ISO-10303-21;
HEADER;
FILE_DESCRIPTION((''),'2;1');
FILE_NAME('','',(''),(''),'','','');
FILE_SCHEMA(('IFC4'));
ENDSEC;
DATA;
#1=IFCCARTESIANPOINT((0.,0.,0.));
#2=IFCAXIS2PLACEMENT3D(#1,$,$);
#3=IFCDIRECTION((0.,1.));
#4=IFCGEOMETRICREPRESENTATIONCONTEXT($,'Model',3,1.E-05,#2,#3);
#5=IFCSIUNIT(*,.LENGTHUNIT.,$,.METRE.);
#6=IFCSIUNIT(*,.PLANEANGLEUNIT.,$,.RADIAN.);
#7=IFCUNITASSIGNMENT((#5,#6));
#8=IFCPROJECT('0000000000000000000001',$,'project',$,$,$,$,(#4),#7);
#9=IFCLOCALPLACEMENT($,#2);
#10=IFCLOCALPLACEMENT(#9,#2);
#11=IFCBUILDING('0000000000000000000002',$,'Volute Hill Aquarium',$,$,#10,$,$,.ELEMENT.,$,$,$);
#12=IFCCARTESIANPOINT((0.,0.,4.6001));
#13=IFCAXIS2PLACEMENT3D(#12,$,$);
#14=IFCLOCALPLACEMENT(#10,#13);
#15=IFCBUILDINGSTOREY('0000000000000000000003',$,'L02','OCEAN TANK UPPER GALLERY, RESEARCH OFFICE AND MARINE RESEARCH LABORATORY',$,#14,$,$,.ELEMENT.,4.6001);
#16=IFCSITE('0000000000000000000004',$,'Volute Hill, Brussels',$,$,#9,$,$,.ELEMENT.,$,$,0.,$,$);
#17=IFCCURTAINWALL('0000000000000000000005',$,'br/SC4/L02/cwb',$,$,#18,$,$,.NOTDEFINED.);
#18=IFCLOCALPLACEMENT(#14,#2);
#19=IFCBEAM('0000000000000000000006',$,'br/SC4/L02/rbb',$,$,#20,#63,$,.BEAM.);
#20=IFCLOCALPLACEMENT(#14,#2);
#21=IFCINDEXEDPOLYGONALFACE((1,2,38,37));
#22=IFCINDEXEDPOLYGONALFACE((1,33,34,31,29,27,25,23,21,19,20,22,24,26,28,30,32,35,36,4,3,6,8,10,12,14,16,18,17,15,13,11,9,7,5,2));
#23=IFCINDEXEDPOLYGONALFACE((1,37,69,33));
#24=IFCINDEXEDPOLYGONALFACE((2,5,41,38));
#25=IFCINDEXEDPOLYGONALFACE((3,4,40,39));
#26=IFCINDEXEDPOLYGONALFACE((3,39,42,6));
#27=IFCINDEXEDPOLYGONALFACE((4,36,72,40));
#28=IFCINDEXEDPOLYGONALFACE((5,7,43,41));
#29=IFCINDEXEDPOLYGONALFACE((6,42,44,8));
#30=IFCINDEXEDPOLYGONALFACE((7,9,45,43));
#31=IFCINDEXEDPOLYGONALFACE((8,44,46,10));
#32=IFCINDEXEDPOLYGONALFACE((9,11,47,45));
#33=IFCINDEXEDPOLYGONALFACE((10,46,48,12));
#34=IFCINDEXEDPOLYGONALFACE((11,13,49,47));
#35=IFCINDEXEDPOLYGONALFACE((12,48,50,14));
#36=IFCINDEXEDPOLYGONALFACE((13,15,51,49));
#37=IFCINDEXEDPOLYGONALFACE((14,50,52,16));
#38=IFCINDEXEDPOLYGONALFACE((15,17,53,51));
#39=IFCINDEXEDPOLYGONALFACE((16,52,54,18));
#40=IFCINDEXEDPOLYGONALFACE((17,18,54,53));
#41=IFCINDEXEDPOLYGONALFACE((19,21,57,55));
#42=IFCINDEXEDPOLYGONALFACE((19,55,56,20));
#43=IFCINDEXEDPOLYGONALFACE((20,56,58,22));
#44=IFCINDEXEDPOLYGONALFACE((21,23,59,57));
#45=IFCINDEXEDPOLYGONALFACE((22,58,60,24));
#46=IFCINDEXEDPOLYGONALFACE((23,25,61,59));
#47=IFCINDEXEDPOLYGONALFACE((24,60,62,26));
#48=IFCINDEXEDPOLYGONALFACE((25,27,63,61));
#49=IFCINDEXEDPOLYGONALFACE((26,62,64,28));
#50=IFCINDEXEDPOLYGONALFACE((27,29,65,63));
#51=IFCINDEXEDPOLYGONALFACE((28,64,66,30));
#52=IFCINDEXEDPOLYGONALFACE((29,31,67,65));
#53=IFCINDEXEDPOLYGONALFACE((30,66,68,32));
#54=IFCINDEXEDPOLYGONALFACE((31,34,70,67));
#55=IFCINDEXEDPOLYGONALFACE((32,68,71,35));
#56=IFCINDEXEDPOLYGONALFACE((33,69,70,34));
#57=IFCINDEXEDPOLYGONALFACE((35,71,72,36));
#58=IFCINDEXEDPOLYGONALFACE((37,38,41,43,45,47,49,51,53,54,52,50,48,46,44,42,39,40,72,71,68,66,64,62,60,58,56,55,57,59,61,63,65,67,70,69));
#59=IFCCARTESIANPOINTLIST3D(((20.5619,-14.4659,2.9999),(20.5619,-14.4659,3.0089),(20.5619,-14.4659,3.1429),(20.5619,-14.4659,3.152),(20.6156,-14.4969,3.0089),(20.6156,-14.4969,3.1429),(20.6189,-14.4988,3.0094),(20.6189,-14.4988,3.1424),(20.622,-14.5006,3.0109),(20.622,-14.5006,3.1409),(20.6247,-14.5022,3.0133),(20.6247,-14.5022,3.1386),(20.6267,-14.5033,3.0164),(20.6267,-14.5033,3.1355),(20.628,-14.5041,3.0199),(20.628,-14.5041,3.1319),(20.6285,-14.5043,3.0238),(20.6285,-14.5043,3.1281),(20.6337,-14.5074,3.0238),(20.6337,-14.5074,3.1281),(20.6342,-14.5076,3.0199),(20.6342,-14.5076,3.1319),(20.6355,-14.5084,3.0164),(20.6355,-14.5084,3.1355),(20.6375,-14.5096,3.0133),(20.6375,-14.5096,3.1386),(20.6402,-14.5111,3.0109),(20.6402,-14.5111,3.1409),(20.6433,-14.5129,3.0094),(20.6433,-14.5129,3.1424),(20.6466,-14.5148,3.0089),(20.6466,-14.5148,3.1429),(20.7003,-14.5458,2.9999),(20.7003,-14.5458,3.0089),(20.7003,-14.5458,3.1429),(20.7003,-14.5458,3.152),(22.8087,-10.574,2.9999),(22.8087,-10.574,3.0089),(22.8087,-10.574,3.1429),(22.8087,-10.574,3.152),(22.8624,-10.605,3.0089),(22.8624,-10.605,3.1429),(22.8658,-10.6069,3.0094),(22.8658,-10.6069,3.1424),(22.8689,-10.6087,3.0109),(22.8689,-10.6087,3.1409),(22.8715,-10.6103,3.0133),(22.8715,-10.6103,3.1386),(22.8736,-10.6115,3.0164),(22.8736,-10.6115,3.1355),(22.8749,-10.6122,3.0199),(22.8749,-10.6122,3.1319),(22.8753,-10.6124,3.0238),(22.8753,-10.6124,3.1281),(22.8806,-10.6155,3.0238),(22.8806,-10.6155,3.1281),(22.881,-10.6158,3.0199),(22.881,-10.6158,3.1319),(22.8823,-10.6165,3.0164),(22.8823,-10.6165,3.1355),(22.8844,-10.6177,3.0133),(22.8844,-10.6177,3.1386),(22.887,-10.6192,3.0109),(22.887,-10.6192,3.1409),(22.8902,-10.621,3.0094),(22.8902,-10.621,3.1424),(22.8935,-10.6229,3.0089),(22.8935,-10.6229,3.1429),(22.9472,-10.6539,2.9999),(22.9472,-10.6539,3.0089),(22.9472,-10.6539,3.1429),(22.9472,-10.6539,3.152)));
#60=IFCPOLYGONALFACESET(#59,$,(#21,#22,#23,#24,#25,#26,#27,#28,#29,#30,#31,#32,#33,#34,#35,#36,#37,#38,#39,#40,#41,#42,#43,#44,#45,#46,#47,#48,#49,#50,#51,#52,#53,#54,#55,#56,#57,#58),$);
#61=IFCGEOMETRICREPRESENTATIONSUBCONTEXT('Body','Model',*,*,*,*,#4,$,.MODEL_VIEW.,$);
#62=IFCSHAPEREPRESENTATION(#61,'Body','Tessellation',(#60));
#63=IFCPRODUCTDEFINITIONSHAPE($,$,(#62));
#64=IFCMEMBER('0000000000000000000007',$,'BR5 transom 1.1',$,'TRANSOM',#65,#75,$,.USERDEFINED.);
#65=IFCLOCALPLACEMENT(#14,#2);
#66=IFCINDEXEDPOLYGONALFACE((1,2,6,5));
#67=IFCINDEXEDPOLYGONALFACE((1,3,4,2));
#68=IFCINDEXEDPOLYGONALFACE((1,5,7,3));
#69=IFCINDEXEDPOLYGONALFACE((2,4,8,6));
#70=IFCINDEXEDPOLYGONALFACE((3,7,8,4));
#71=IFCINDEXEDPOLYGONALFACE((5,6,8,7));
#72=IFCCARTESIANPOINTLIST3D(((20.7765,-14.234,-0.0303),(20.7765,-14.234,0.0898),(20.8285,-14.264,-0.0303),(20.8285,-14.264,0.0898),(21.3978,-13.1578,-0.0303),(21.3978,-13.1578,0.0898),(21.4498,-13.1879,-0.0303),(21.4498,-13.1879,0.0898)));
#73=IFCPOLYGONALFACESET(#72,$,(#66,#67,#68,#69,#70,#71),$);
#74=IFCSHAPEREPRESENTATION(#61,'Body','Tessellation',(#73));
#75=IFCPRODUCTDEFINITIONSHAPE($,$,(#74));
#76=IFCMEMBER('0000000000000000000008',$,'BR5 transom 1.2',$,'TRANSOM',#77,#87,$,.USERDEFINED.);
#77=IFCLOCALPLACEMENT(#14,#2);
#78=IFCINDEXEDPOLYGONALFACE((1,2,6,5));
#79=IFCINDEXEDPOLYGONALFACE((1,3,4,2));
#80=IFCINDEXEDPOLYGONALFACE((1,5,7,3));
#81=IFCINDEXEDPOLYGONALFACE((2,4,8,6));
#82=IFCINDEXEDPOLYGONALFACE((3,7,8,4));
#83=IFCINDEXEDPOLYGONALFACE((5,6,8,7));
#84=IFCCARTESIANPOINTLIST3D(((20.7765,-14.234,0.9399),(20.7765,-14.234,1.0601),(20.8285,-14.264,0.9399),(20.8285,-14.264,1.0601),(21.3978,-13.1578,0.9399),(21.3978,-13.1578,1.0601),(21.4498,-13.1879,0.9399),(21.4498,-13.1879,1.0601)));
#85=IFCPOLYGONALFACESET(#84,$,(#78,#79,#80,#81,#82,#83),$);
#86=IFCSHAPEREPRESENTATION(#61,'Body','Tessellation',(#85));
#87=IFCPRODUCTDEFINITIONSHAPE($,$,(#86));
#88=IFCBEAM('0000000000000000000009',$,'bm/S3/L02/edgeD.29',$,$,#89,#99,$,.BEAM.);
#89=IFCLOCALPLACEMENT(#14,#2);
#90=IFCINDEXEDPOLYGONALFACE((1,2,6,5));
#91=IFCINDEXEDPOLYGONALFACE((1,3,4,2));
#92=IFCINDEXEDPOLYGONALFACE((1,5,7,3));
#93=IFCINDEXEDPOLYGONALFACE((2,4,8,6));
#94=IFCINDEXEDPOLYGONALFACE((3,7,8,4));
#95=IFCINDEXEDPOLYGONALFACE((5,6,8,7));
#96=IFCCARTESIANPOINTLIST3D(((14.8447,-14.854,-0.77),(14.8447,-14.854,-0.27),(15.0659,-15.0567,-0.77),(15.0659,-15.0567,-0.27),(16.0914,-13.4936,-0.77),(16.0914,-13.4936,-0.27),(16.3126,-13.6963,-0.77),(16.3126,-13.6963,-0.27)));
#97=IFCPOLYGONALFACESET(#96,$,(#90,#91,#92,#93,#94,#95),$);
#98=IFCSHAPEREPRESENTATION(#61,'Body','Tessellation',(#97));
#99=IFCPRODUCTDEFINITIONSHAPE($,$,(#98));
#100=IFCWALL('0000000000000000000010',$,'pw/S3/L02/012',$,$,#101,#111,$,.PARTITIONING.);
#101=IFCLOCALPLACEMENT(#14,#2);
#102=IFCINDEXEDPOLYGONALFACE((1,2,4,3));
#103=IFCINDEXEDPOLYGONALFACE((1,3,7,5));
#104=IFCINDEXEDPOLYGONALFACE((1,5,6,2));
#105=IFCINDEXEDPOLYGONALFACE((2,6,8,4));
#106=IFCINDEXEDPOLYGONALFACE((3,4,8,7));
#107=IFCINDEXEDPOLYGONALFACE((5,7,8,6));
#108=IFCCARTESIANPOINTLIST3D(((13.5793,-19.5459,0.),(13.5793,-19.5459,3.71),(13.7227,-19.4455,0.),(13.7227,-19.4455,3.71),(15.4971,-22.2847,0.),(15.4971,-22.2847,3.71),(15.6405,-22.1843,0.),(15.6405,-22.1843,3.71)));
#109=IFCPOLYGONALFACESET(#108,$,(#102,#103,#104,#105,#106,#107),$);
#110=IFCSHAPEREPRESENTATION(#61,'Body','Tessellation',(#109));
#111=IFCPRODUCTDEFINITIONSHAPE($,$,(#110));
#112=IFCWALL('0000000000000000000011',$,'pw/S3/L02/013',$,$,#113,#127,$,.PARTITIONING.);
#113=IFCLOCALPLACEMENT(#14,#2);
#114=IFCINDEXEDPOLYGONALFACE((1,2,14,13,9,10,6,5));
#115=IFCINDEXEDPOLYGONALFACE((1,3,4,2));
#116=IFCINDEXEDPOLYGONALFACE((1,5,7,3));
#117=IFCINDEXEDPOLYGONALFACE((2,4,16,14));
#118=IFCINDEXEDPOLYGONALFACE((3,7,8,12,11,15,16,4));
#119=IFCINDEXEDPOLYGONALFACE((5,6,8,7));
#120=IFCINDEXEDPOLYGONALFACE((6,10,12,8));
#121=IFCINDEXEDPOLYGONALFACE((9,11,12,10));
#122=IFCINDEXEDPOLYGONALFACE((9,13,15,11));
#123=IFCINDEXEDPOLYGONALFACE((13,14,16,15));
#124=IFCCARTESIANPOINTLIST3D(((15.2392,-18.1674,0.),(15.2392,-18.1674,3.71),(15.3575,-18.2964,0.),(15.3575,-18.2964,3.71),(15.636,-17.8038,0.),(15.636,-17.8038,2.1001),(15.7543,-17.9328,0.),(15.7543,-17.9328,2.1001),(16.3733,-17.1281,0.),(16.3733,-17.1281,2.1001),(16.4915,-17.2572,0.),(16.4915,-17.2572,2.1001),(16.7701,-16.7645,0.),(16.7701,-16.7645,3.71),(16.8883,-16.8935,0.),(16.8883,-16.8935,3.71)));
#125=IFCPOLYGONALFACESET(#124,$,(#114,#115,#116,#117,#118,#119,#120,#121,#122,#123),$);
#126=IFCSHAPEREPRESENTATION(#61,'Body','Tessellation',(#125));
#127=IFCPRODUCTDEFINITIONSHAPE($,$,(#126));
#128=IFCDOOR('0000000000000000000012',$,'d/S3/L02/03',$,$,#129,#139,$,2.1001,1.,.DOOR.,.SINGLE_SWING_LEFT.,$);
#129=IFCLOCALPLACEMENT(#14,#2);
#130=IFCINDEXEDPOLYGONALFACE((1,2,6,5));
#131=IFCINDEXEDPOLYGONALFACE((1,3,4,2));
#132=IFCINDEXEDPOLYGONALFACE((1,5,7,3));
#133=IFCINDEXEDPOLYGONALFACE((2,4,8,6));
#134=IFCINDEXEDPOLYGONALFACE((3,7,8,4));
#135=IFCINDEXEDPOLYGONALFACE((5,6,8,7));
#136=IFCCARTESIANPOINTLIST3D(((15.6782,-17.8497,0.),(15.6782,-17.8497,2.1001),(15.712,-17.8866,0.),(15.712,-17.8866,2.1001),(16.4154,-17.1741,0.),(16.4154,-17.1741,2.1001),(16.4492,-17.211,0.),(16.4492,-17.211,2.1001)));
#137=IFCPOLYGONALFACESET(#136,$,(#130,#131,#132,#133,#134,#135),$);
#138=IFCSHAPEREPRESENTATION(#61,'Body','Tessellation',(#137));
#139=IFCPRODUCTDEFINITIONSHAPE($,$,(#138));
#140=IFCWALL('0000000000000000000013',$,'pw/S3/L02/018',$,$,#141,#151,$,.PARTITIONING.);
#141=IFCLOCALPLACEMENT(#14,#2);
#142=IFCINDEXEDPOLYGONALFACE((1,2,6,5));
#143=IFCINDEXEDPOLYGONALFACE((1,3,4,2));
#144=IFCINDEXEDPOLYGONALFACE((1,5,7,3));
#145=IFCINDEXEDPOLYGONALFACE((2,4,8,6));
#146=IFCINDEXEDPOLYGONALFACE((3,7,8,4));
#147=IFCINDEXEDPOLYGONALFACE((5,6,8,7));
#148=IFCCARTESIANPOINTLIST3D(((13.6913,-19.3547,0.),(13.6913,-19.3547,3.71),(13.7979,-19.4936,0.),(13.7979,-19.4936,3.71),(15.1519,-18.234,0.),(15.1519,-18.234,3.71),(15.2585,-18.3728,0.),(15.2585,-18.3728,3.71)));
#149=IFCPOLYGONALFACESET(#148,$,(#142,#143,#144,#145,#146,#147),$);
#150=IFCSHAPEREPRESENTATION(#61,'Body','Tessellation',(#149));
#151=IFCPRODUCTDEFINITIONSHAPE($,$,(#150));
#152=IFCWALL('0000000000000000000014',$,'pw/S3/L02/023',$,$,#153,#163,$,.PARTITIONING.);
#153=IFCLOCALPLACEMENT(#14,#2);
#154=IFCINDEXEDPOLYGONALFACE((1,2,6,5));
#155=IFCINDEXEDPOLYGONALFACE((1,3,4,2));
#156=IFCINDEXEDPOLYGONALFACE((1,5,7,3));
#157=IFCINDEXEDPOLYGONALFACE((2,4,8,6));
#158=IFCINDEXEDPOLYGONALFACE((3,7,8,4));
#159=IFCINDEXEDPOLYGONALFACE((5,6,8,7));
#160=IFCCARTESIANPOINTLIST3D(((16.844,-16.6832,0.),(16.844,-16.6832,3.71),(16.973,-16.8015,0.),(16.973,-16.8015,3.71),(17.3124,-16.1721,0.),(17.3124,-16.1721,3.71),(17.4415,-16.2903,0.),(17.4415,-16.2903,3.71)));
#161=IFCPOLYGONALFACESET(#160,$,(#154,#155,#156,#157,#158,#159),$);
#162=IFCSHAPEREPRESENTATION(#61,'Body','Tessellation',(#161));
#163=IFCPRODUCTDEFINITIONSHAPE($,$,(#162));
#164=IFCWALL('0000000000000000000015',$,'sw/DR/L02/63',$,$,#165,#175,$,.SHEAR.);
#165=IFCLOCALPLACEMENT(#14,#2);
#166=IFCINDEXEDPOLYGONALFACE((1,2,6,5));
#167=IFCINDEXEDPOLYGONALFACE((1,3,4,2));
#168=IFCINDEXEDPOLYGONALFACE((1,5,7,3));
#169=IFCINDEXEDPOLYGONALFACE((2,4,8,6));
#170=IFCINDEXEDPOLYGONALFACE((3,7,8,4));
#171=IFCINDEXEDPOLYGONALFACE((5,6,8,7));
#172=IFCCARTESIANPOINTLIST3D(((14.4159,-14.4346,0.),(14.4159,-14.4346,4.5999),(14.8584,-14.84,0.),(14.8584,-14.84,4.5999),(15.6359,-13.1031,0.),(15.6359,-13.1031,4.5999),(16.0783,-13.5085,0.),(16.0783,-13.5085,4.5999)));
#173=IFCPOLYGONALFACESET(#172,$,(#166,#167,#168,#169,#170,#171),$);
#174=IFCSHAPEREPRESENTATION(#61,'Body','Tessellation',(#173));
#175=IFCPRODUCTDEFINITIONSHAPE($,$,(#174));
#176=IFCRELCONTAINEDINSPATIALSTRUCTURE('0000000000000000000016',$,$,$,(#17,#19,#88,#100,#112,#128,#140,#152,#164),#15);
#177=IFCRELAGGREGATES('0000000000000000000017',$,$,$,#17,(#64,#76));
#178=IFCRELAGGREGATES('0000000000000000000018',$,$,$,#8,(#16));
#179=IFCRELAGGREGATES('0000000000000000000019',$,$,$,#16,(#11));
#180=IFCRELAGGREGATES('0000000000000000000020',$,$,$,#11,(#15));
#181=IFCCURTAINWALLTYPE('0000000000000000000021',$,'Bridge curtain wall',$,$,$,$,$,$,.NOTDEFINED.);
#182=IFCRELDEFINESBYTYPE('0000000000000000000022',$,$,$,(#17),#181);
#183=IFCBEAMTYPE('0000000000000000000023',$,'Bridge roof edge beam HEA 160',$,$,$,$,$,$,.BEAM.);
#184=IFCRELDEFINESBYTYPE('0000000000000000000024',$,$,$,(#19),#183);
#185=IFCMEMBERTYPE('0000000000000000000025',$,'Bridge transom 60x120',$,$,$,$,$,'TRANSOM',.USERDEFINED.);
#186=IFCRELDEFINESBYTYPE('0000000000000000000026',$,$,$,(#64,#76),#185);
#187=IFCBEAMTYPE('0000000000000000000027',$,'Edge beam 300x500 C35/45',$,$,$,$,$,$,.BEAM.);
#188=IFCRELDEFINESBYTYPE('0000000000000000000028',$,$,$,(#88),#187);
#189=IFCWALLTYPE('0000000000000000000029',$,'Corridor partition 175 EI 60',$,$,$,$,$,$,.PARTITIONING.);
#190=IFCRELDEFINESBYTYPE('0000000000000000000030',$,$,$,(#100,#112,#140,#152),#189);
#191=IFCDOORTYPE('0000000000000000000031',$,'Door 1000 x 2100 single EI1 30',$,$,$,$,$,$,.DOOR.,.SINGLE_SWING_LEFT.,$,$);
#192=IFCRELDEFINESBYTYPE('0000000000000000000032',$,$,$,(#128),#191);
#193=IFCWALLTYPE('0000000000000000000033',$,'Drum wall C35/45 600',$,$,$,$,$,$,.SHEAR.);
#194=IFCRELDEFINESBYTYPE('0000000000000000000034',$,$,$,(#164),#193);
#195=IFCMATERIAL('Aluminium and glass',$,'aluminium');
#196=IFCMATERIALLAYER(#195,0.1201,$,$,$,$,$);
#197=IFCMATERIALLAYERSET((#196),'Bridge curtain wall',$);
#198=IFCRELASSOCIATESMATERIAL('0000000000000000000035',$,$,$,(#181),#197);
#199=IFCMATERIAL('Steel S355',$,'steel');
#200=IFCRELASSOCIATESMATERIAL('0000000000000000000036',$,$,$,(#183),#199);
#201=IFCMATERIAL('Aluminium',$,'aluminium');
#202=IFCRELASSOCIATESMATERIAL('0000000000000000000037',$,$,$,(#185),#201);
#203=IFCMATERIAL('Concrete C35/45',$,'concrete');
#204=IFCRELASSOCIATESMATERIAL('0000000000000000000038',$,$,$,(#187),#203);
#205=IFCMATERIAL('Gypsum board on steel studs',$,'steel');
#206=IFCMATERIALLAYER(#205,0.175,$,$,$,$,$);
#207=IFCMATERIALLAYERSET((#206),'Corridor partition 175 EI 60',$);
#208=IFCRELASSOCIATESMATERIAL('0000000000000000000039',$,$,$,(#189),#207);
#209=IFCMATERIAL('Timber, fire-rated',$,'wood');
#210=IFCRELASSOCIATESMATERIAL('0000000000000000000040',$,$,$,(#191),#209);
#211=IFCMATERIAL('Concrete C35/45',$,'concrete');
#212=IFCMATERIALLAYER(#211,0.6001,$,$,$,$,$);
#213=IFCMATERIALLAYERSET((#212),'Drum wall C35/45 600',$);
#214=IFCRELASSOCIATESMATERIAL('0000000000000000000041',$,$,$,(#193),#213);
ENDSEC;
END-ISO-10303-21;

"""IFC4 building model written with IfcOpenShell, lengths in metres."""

from ifc_helpers import new_model, si_unit, direction, frame, frame_2d, origin, origin_2d, place, context, subcontext, project, spatial, rectangle, i_section, extrude, material, layer, layer_set, material_profile, profile_set, type_object, element, fill, aggregate, save


model = new_model("IFC4")

# Units and contexts
model_context = context("Model", 3, precision=1e-05, world=origin(), true_north=direction((0.0, 1.0)))
body_context = subcontext(model_context, "Body", "Model", "MODEL_VIEW")
ifc_project = project(units=[si_unit("LENGTHUNIT", "METRE"), si_unit("PLANEANGLEUNIT", "RADIAN")], contexts=[model_context])

# Site, building, storey
site_placement = place(None, origin())
site = spatial("IfcSite", under=ifc_project, at=site_placement, Name="Volute Hill, Brussels", CompositionType="ELEMENT", RefElevation=0.0)
building_placement = place(site_placement, origin())
building = spatial("IfcBuilding", under=site, at=building_placement, Name="Volute Hill Aquarium", CompositionType="ELEMENT")
storey_placement = place(building_placement, frame((0.0, 0.0, 4.6001)))
storey = spatial("IfcBuildingStorey", under=building, at=storey_placement, Name="L02", Description="OCEAN TANK UPPER GALLERY, RESEARCH OFFICE AND MARINE RESEARCH LABORATORY", CompositionType="ELEMENT", Elevation=4.6001)

# Curtain wall
ifc_material_1 = material(Name="Aluminium and glass", Category="aluminium")
ifc_layer_1 = layer(ifc_material_1, 0.1201)
ifc_layer_set_1 = layer_set([ifc_layer_1], Name="Bridge curtain wall")
curtain_wall_type = type_object("IfcCurtainWallType", Name="Bridge curtain wall", PredefinedType="NOTDEFINED", material=ifc_layer_set_1)
curtain_wall_placement = place(storey_placement, origin())
curtain_wall = element("IfcCurtainWall", 1, at=curtain_wall_placement, inside=storey, type_object=curtain_wall_type, Name="br/SC4/L02/cwb", PredefinedType="NOTDEFINED")

# Beam
ifc_material_2 = material(Name="Steel S355", Category="steel")
ifc_material_profile_1 = material_profile(ifc_material_2, i_section(OverallWidth=0.1599, OverallDepth=0.1521, WebThickness=0.0061, FlangeThickness=0.009, FilletRadius=0.0149, at=origin_2d()), Name="HEA 160")
ifc_profile_set_1 = profile_set([ifc_material_profile_1], Name="Steel S355")
beam_type_1 = type_object("IfcBeamType", Name="Bridge roof edge beam HEA 160", PredefinedType="BEAM", material=ifc_profile_set_1)
beam_1_placement = place(storey_placement, frame((20.6311, -14.5059, 3.0759), z_axis=(0.499978, 0.866038, 0.0), x_axis=(-0.866038, 0.499978, 0.0)))
element("IfcBeam", 2, at=beam_1_placement, inside=storey, type_object=beam_type_1, Name="br/SC4/L02/rbb", PredefinedType="BEAM", context=body_context, shape_type="SweptSolid", body=[
    extrude(i_section(OverallWidth=0.1599, OverallDepth=0.1521, WebThickness=0.0061, FlangeThickness=0.009, FilletRadius=0.0149, at=origin_2d()), origin(), (0.0, 0.0, 1.0), 4.4939),
])

# Members
ifc_material_3 = material(Name="Aluminium", Category="aluminium")
ifc_material_profile_2 = material_profile(ifc_material_3, rectangle(XDim=0.0601, YDim=0.1201, at=origin_2d()), Name="Aluminium transom 60x120")
ifc_profile_set_2 = profile_set([ifc_material_profile_2], Name="Aluminium")
member_type_1 = type_object("IfcMemberType", Name="Bridge transom 60x120", ElementType="TRANSOM", PredefinedType="USERDEFINED", material=ifc_profile_set_2)
member_1_placement = place(storey_placement, frame((20.8025, -14.249, 0.0298), z_axis=(0.500006, 0.866022, 0.0), x_axis=(-0.866022, 0.500006, 0.0)))
member_1 = element("IfcMember", 3, at=member_1_placement, type_object=member_type_1, Name="BR5 transom 1.1", ObjectType="TRANSOM", PredefinedType="USERDEFINED", context=body_context, shape_type="SweptSolid", body=[
    extrude(rectangle(XDim=0.0601, YDim=0.1201, at=origin_2d()), origin(), (0.0, 0.0, 1.0), 1.2427),
])
member_2_placement = place(storey_placement, frame((20.8025, -14.249, 1.0), z_axis=(0.500006, 0.866022, 0.0), x_axis=(-0.866022, 0.500006, 0.0)))
member_2 = element("IfcMember", 4, at=member_2_placement, type_object=member_type_1, Name="BR5 transom 1.2", ObjectType="TRANSOM", PredefinedType="USERDEFINED", context=body_context, shape_type="SweptSolid", body=[
    extrude(rectangle(XDim=0.0601, YDim=0.1201, at=origin_2d()), origin(), (0.0, 0.0, 1.0), 1.2427),
])
aggregate(curtain_wall, [member_1, member_2])

# Beam
ifc_material_4 = material(Name="Concrete C35/45", Category="concrete")
ifc_material_profile_3 = material_profile(ifc_material_4, rectangle(XDim=0.3, YDim=0.5, at=origin_2d()), Name="RC edge beam 300x500")
ifc_profile_set_3 = profile_set([ifc_material_profile_3], Name="Concrete C35/45")
beam_type_2 = type_object("IfcBeamType", Name="Edge beam 300x500 C35/45", PredefinedType="BEAM", material=ifc_profile_set_3)
beam_2_placement = place(storey_placement, frame((14.9553, -14.9553, -0.52), z_axis=(0.675605, 0.737264, 0.0), x_axis=(-0.737264, 0.675605, 0.0)))
element("IfcBeam", 5, at=beam_2_placement, inside=storey, type_object=beam_type_2, Name="bm/S3/L02/edgeD.29", PredefinedType="BEAM", context=body_context, shape_type="SweptSolid", body=[
    extrude(rectangle(XDim=0.3, YDim=0.5, at=origin_2d()), origin(), (0.0, 0.0, 1.0), 1.8452),
])

# Wall
ifc_material_5 = material(Name="Gypsum board on steel studs", Category="steel")
ifc_layer_2 = layer(ifc_material_5, 0.175)
ifc_layer_set_2 = layer_set([ifc_layer_2], Name="Corridor partition 175 EI 60")
wall_type_1 = type_object("IfcWallType", Name="Corridor partition 175 EI 60", PredefinedType="PARTITIONING", material=ifc_layer_set_2)
wall_1_placement = place(storey_placement, frame((15.5688, -22.2346, 0.0), z_axis=(0.0, 0.0, 1.0), x_axis=(-0.57358, 0.81915, 0.0)))
element("IfcWall", 6, at=wall_1_placement, inside=storey, type_object=wall_type_1, Name="pw/S3/L02/012", PredefinedType="PARTITIONING", context=body_context, shape_type="SweptSolid", body=[
    extrude(rectangle(XDim=3.3435, YDim=0.175, at=frame_2d((1.6719, 0.0))), origin(), (0.0, 0.0, 1.0), 3.71),
])

# Wall, opening, door
wall_2_placement = place(storey_placement, frame((16.8291, -16.8291, 0.0), z_axis=(0.0, 0.0, 1.0), x_axis=(-0.737242, -0.675629, 0.0)))
wall_2 = element("IfcWall", 7, at=wall_2_placement, inside=storey, type_object=wall_type_1, Name="pw/S3/L02/013", PredefinedType="PARTITIONING", context=body_context, shape_type="SweptSolid", body=[
    extrude(rectangle(XDim=2.0764, YDim=0.175, at=frame_2d((1.0381, 0.0))), origin(), (0.0, 0.0, 1.0), 3.71),
])
opening_placement = place(wall_2_placement, frame((0.5381, 0.0, 0.0)))
opening = element("IfcOpeningElement", 8, at=opening_placement, cuts=wall_2, PredefinedType="OPENING", context=body_context, shape_type="SweptSolid", body=[
    extrude(rectangle(XDim=1.0, YDim=2.1001, at=frame_2d((0.5, 1.05))), frame((0.0, 0.0974, 0.0), z_axis=(0.0, -1.0, 0.0), x_axis=(1.0, 0.0, 0.0)), (0.0, 0.0, 1.0), 0.1951),
])
ifc_material_6 = material(Name="Timber, fire-rated", Category="wood")
door_type = type_object("IfcDoorType", Name="Door 1000 x 2100 single EI1 30", OperationType="SINGLE_SWING_LEFT", PredefinedType="DOOR", material=ifc_material_6)
door_placement = place(opening_placement, origin())
door = element("IfcDoor", 9, at=door_placement, inside=storey, type_object=door_type, Name="d/S3/L02/03", OperationType="SINGLE_SWING_LEFT", OverallHeight=2.1001, OverallWidth=1.0, PredefinedType="DOOR", context=body_context, shape_type="SweptSolid", body=[
    extrude(rectangle(XDim=1.0, YDim=2.1001, at=frame_2d((0.5, 1.05))), frame((0.0, 0.0249, 0.0), z_axis=(0.0, -1.0, 0.0), x_axis=(1.0, 0.0, 0.0)), (0.0, 0.0, 1.0), 0.05),
])
fill(opening, door)

# Walls
wall_3_placement = place(storey_placement, frame((15.2051, -18.3035, 0.0), z_axis=(0.0, 0.0, 1.0), x_axis=(-0.793348, -0.608768, 0.0)))
element("IfcWall", 10, at=wall_3_placement, inside=storey, type_object=wall_type_1, Name="pw/S3/L02/018", PredefinedType="PARTITIONING", context=body_context, shape_type="SweptSolid", body=[
    extrude(rectangle(XDim=1.8411, YDim=0.175, at=frame_2d((0.9204, 0.0))), origin(), (0.0, 0.0, 1.0), 3.71),
])
wall_4_placement = place(storey_placement, frame((17.377, -16.2312, 0.0), z_axis=(0.0, 0.0, 1.0), x_axis=(-0.675629, -0.737242, 0.0)))
element("IfcWall", 11, at=wall_4_placement, inside=storey, type_object=wall_type_1, Name="pw/S3/L02/023", PredefinedType="PARTITIONING", context=body_context, shape_type="SweptSolid", body=[
    extrude(rectangle(XDim=0.6934, YDim=0.175, at=frame_2d((0.3467, 0.0))), origin(), (0.0, 0.0, 1.0), 3.71),
])
ifc_material_7 = material(Name="Concrete C35/45", Category="concrete")
ifc_layer_3 = layer(ifc_material_7, 0.6001)
ifc_layer_set_3 = layer_set([ifc_layer_3], Name="Drum wall C35/45 600")
wall_type_2 = type_object("IfcWallType", Name="Drum wall C35/45 600", PredefinedType="SHEAR", material=ifc_layer_set_3)
wall_5_placement = place(storey_placement, frame((14.6372, -14.6372, 0.0), z_axis=(0.0, 0.0, 1.0), x_axis=(0.675541, 0.737322, 0.0)))
element("IfcWall", 12, at=wall_5_placement, inside=storey, type_object=wall_type_2, Name="sw/DR/L02/63", PredefinedType="SHEAR", context=body_context, shape_type="SweptSolid", body=[
    extrude(rectangle(XDim=1.8059, YDim=0.6001, at=frame_2d((0.9028, 0.0))), origin(), (0.0, 0.0, 1.0), 4.5999),
])

save(model, "model.ifc")
